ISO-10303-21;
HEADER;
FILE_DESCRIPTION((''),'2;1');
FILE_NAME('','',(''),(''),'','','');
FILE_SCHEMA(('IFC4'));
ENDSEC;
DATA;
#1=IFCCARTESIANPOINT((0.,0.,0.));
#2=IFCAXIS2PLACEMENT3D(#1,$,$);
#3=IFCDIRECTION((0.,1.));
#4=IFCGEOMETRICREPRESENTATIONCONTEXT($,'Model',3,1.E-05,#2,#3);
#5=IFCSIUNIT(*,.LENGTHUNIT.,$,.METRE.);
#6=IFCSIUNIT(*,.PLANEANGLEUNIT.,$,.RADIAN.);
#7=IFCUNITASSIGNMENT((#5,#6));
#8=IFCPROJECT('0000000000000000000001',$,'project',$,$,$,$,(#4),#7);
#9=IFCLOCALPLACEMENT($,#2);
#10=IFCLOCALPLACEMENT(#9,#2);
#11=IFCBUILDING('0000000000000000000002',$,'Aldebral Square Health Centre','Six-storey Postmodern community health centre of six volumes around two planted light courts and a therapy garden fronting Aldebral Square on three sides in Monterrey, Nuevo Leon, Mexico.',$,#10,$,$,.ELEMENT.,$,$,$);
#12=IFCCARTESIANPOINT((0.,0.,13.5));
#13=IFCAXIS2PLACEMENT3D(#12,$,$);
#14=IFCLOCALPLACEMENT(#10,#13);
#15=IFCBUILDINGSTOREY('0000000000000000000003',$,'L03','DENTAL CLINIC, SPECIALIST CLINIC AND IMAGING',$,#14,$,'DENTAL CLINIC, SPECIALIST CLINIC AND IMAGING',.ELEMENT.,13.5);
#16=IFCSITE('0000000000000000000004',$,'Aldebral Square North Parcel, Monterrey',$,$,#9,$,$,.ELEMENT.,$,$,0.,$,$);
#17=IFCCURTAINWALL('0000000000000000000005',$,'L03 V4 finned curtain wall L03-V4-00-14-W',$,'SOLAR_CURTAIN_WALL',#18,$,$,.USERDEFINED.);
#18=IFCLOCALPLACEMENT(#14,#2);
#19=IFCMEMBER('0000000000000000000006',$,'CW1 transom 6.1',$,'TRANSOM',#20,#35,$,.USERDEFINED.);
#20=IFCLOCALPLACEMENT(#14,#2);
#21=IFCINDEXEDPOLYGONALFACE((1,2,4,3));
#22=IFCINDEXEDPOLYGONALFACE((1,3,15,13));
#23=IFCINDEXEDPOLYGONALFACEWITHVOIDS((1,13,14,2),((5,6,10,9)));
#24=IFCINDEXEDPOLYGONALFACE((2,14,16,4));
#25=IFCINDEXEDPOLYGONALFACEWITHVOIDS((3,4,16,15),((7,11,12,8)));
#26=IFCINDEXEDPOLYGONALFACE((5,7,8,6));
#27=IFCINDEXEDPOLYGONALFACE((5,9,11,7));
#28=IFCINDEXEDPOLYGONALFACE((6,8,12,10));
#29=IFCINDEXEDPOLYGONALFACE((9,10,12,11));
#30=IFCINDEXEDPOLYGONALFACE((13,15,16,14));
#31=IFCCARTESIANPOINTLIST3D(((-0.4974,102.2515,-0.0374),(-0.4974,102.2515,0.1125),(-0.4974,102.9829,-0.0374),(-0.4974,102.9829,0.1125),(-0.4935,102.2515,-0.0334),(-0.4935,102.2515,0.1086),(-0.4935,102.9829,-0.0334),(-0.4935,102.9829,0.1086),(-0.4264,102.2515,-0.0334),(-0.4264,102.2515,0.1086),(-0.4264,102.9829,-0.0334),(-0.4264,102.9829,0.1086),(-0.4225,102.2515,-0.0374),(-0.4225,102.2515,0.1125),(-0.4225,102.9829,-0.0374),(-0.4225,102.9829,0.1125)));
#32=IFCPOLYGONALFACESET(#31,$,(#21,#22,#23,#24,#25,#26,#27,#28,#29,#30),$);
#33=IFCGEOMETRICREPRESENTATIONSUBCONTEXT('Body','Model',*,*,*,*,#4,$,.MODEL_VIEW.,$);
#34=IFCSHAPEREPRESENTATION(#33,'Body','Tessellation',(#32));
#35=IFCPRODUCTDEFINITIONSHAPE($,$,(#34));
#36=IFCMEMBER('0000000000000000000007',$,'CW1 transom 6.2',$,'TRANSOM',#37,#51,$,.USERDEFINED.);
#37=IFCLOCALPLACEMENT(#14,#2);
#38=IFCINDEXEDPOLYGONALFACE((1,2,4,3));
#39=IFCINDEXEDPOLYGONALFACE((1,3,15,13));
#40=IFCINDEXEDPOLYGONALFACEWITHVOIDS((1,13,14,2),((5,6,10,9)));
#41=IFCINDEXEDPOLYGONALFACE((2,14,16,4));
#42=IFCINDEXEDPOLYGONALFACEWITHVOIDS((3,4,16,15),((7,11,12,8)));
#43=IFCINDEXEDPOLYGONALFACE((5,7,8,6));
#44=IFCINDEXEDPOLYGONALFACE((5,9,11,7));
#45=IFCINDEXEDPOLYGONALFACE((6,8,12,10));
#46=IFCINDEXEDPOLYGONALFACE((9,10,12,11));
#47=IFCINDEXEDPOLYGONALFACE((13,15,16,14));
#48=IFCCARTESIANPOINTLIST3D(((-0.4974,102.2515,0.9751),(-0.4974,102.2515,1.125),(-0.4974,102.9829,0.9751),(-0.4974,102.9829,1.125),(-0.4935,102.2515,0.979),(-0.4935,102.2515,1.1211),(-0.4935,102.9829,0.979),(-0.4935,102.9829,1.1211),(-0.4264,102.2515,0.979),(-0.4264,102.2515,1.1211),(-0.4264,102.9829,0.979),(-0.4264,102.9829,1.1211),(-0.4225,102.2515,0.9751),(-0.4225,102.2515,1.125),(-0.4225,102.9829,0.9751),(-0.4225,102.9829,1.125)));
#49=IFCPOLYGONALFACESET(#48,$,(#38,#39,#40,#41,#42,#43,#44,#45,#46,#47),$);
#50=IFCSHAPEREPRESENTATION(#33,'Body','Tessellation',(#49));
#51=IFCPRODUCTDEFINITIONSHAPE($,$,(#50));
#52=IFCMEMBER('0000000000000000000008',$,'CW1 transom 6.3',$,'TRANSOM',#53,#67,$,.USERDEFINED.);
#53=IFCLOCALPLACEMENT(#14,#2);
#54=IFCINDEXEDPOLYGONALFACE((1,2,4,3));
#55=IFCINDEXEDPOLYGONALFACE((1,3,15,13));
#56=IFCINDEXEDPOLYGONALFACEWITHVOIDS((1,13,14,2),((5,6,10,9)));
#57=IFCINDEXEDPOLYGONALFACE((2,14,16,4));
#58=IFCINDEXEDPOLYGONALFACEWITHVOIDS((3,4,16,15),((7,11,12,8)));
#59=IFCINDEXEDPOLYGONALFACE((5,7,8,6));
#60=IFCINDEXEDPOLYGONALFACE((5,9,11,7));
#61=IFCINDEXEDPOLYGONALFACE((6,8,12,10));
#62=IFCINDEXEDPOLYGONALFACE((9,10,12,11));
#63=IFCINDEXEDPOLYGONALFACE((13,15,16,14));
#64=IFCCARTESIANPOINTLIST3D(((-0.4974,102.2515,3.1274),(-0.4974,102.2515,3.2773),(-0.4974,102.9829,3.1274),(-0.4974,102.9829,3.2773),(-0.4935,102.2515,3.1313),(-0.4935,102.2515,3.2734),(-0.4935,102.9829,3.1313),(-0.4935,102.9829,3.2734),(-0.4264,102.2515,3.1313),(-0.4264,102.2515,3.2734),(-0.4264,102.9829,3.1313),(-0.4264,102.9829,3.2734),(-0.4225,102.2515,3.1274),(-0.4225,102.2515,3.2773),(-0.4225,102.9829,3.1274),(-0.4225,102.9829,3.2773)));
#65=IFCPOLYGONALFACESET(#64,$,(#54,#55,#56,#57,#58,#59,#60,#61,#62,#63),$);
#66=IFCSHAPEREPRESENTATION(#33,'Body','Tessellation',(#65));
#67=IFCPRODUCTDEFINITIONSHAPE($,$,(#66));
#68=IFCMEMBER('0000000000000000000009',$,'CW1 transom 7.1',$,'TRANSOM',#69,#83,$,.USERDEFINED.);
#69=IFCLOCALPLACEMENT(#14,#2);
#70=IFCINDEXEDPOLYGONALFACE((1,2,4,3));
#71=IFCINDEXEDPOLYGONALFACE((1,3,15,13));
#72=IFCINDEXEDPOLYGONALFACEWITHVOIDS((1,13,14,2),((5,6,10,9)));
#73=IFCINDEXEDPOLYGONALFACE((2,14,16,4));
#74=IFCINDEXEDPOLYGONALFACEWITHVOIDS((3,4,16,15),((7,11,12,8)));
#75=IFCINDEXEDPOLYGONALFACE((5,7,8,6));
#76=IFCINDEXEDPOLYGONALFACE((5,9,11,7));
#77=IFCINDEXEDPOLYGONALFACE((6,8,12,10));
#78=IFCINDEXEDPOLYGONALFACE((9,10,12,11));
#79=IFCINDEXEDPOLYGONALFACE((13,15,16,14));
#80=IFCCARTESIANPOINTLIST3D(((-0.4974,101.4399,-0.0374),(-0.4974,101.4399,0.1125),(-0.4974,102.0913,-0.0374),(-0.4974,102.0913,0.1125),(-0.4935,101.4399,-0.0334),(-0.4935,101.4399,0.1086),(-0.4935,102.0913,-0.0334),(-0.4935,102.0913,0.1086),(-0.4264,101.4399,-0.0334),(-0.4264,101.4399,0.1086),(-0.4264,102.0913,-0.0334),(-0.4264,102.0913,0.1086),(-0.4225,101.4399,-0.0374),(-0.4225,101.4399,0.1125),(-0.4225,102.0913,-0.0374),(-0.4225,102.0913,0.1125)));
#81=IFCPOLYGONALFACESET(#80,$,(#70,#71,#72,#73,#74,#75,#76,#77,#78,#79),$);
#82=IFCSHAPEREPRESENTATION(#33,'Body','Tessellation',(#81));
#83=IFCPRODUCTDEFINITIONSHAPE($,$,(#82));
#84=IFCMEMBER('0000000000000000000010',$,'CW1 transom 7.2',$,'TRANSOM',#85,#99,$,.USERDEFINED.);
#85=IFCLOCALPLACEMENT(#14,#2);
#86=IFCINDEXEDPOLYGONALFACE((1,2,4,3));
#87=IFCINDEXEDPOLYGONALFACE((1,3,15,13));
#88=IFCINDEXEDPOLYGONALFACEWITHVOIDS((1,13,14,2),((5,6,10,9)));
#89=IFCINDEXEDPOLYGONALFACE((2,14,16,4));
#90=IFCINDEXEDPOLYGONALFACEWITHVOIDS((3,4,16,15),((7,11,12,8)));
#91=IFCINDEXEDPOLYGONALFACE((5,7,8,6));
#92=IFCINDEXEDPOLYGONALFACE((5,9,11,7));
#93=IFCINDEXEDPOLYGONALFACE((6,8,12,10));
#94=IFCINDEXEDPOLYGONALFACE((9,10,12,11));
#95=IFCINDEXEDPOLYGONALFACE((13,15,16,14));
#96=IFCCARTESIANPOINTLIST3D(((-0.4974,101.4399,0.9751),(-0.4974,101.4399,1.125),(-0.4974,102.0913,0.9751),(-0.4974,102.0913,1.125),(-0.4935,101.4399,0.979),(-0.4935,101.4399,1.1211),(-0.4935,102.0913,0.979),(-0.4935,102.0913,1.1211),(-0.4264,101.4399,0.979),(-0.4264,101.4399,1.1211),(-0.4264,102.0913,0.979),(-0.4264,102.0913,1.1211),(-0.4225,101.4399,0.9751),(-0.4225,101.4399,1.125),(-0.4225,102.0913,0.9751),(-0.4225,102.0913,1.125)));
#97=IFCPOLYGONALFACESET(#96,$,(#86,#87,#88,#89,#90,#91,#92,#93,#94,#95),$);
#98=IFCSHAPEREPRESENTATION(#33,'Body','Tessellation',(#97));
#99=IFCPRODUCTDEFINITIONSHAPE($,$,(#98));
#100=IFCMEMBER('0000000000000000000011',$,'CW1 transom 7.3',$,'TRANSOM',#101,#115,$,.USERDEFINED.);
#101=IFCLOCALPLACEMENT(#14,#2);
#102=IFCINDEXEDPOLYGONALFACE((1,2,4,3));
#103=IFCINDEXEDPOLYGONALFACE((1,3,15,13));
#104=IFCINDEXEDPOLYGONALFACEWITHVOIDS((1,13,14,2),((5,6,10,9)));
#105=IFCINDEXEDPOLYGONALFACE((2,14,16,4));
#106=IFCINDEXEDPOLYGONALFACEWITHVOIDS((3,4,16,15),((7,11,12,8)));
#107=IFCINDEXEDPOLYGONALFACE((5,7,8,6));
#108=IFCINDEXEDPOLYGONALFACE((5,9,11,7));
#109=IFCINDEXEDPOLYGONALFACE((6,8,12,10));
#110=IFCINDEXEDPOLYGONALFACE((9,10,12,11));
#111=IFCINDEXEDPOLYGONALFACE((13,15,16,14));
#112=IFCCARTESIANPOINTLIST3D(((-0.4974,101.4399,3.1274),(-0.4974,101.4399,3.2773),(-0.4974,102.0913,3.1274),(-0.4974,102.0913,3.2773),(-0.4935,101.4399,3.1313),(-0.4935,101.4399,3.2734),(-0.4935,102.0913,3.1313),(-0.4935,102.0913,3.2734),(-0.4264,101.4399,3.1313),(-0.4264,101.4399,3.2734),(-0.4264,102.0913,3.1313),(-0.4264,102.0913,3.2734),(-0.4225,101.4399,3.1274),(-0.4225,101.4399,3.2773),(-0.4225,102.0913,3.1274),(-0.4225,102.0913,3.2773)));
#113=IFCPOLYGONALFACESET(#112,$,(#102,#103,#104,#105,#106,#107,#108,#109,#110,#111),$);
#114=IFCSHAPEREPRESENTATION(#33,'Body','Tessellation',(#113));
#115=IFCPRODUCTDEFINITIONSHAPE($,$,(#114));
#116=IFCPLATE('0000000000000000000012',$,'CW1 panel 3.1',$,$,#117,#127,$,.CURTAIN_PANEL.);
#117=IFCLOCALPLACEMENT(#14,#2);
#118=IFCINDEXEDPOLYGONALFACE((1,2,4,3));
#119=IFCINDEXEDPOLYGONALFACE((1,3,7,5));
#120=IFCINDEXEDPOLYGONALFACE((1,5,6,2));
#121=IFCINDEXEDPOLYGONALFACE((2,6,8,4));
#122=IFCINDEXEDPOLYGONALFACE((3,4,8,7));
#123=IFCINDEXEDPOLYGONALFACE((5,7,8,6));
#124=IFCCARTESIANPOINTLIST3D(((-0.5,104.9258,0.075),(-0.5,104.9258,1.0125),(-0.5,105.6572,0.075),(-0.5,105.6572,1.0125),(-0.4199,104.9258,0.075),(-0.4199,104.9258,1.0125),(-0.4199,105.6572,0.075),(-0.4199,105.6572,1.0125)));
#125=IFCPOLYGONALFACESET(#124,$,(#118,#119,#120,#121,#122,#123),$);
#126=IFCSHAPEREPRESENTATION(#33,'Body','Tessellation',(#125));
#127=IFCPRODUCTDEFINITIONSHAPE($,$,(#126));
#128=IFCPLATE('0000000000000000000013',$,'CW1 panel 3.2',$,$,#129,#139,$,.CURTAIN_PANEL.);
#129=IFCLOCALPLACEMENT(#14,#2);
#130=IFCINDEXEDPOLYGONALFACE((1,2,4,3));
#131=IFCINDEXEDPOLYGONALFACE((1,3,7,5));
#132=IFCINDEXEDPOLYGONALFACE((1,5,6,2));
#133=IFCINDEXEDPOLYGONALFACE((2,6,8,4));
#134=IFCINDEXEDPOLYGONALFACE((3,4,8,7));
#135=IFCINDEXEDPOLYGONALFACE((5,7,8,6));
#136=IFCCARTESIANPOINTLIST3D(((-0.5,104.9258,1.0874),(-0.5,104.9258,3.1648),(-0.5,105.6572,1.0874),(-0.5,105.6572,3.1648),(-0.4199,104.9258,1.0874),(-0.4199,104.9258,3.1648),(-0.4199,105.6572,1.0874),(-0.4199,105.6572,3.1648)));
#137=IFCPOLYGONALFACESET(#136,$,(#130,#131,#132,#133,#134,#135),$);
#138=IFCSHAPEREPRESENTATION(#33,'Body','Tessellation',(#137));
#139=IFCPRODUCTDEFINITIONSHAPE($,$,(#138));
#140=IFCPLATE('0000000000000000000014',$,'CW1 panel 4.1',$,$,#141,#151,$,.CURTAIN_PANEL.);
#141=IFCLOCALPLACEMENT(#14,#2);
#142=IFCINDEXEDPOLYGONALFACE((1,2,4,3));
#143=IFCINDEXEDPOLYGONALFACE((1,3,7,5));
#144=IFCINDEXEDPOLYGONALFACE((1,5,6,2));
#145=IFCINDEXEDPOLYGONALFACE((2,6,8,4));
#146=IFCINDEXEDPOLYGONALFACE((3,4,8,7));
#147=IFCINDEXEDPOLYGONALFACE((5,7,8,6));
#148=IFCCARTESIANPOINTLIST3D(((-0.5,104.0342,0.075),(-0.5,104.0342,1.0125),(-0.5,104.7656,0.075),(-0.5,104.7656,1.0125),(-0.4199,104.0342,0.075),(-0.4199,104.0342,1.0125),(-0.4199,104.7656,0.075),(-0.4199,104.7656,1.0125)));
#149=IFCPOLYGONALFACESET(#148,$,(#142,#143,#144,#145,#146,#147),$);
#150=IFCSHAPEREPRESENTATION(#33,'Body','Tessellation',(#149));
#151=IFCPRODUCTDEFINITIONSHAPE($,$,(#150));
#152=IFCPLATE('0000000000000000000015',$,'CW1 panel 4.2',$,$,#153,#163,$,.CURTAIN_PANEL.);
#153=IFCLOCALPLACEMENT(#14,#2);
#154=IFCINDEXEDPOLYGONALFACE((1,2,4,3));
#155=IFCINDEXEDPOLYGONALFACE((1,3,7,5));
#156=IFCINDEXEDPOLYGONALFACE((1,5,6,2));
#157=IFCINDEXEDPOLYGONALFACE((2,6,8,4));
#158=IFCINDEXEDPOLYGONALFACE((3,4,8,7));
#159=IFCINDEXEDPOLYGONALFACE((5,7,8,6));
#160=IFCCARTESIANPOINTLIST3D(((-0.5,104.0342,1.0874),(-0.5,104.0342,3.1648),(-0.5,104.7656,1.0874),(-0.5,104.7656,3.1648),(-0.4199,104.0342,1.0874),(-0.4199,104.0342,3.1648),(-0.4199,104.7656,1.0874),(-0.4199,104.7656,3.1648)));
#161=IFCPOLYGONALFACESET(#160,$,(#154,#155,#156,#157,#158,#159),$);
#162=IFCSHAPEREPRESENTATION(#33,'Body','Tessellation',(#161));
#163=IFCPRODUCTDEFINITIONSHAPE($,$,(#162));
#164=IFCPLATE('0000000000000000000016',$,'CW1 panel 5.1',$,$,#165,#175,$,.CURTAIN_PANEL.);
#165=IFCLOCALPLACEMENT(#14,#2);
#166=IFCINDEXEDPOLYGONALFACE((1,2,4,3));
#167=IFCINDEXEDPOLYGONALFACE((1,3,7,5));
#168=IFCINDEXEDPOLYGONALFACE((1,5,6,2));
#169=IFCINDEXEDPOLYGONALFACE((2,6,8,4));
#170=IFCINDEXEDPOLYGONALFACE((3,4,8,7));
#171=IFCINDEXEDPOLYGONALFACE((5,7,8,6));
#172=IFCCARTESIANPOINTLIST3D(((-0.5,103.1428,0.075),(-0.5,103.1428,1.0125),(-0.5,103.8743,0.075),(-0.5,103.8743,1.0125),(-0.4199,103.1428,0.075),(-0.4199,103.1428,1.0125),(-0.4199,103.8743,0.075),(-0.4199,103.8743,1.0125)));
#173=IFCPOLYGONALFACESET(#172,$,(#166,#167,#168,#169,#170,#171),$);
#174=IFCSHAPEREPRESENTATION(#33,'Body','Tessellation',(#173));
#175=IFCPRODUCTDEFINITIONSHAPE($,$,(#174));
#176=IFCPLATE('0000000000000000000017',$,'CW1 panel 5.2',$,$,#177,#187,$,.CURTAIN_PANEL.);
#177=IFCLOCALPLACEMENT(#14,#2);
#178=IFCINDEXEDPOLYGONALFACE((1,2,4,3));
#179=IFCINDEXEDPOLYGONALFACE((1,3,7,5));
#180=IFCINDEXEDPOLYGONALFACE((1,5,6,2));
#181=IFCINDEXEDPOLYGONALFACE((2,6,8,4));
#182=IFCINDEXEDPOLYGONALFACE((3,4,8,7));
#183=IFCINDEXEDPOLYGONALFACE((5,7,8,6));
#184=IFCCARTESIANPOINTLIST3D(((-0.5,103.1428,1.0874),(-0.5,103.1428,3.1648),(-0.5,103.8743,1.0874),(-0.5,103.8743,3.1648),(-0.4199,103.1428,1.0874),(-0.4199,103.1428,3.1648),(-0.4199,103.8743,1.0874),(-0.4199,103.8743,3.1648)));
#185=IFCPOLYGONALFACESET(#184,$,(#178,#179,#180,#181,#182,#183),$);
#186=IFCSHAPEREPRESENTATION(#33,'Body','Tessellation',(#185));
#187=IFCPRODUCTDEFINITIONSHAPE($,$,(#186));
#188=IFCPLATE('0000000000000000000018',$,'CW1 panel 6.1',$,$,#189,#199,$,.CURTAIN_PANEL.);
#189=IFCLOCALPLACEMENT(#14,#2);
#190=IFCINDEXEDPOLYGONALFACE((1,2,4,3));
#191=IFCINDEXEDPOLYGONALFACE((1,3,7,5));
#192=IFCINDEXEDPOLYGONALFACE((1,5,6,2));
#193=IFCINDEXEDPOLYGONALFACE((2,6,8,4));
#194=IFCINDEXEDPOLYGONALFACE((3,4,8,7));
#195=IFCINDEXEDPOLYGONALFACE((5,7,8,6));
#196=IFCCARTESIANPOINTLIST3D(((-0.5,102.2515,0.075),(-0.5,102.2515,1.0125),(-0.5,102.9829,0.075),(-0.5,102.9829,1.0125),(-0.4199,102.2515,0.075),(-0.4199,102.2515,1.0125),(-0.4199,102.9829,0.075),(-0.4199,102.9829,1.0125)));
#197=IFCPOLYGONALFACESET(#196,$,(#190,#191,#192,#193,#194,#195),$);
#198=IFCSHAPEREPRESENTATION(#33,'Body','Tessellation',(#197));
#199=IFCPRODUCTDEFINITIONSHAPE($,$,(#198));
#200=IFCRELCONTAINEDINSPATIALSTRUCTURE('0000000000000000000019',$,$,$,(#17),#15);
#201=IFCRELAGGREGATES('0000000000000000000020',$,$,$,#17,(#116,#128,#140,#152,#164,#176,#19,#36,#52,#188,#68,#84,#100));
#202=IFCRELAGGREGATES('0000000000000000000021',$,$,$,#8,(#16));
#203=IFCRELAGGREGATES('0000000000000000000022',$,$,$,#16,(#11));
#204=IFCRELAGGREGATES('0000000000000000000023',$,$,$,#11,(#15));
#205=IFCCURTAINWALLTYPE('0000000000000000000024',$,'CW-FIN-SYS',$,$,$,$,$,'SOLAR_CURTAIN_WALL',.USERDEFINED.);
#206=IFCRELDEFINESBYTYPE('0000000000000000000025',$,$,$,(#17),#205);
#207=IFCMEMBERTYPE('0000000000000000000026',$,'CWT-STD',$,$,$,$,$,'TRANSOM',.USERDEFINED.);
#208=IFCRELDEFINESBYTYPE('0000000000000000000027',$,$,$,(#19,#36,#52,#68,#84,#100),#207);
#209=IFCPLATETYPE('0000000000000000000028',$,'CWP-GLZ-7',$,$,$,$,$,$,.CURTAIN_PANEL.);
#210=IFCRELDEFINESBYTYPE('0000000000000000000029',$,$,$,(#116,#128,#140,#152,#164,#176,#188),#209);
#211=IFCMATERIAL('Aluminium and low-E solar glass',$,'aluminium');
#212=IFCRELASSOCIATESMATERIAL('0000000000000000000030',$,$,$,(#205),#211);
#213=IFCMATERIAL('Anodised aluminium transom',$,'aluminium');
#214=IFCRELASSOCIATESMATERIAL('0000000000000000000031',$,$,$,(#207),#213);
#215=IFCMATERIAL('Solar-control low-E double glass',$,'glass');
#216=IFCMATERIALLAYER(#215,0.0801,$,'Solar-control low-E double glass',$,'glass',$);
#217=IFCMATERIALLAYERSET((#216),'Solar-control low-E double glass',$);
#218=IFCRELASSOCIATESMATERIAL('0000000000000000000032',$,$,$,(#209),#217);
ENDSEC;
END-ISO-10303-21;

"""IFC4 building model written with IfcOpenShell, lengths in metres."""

from ifc_helpers import new_model, si_unit, direction, frame, origin, origin_2d, place, context, subcontext, project, spatial, rectangle, hollow_rectangle, extrude, material, layer, layer_set, material_profile, profile_set, type_object, element, aggregate, save


model = new_model("IFC4")

# Units and contexts
model_context = context("Model", 3, precision=1e-05, world=origin(), true_north=direction((0.0, 1.0)))
body_context = subcontext(model_context, "Body", "Model", "MODEL_VIEW")
ifc_project = project(units=[si_unit("LENGTHUNIT", "METRE"), si_unit("PLANEANGLEUNIT", "RADIAN")], contexts=[model_context])

# Site, building, storey
site_placement = place(None, origin())
site = spatial("IfcSite", under=ifc_project, at=site_placement, Name="Aldebral Square North Parcel, Monterrey", CompositionType="ELEMENT", RefElevation=0.0)
building_placement = place(site_placement, origin())
building = spatial("IfcBuilding", under=site, at=building_placement, Name="Aldebral Square Health Centre", Description="Six-storey Postmodern community health centre of six volumes around two planted light courts and a therapy garden fronting Aldebral Square on three sides in Monterrey, Nuevo Leon, Mexico.", CompositionType="ELEMENT")
storey_placement = place(building_placement, frame((0.0, 0.0, 13.5)))
storey = spatial("IfcBuildingStorey", under=building, at=storey_placement, Name="L03", Description="DENTAL CLINIC, SPECIALIST CLINIC AND IMAGING", LongName="DENTAL CLINIC, SPECIALIST CLINIC AND IMAGING", CompositionType="ELEMENT", Elevation=13.5)

# Curtain wall, members, plates
ifc_material_1 = material(Name="Aluminium and low-E solar glass", Category="aluminium")
curtain_wall_type = type_object("IfcCurtainWallType", Name="CW-FIN-SYS", ElementType="SOLAR_CURTAIN_WALL", PredefinedType="USERDEFINED", material=ifc_material_1)
curtain_wall_placement = place(storey_placement, origin())
curtain_wall = element("IfcCurtainWall", 1, at=curtain_wall_placement, inside=storey, type_object=curtain_wall_type, Name="L03 V4 finned curtain wall L03-V4-00-14-W", ObjectType="SOLAR_CURTAIN_WALL", PredefinedType="USERDEFINED")
ifc_material_2 = material(Name="Anodised aluminium transom", Category="aluminium")
ifc_material_profile_1 = material_profile(ifc_material_2, hollow_rectangle(XDim=0.075, YDim=0.1499, WallThickness=0.0039, at=origin_2d()), Name="CWT 75x150x4")
ifc_profile_set_1 = profile_set([ifc_material_profile_1], Name="Anodised aluminium transom")
member_type_1 = type_object("IfcMemberType", Name="CWT-STD", ElementType="TRANSOM", PredefinedType="USERDEFINED", material=ifc_profile_set_1)
member_1_placement = place(storey_placement, frame((-0.46, 102.9829, 0.0376), z_axis=(0.0, -1.0, 0.0), x_axis=(1.0, 0.0, 0.0)))
member_1 = element("IfcMember", 2, at=member_1_placement, type_object=member_type_1, Name="CW1 transom 6.1", ObjectType="TRANSOM", PredefinedType="USERDEFINED", context=body_context, shape_type="SweptSolid", body=[
    extrude(hollow_rectangle(XDim=0.075, YDim=0.1499, WallThickness=0.0039, at=origin_2d()), origin(), (0.0, 0.0, 1.0), 0.7314),
])
member_2_placement = place(storey_placement, frame((-0.46, 102.9829, 1.05), z_axis=(0.0, -1.0, 0.0), x_axis=(1.0, 0.0, 0.0)))
member_2 = element("IfcMember", 3, at=member_2_placement, type_object=member_type_1, Name="CW1 transom 6.2", ObjectType="TRANSOM", PredefinedType="USERDEFINED", context=body_context, shape_type="SweptSolid", body=[
    extrude(hollow_rectangle(XDim=0.075, YDim=0.1499, WallThickness=0.0039, at=origin_2d()), origin(), (0.0, 0.0, 1.0), 0.7314),
])
member_3_placement = place(storey_placement, frame((-0.46, 102.9829, 3.2024), z_axis=(0.0, -1.0, 0.0), x_axis=(1.0, 0.0, 0.0)))
member_3 = element("IfcMember", 4, at=member_3_placement, type_object=member_type_1, Name="CW1 transom 6.3", ObjectType="TRANSOM", PredefinedType="USERDEFINED", context=body_context, shape_type="SweptSolid", body=[
    extrude(hollow_rectangle(XDim=0.075, YDim=0.1499, WallThickness=0.0039, at=origin_2d()), origin(), (0.0, 0.0, 1.0), 0.7314),
])
member_4_placement = place(storey_placement, frame((-0.46, 102.0913, 0.0376), z_axis=(0.0, -1.0, 0.0), x_axis=(1.0, 0.0, 0.0)))
member_4 = element("IfcMember", 5, at=member_4_placement, type_object=member_type_1, Name="CW1 transom 7.1", ObjectType="TRANSOM", PredefinedType="USERDEFINED", context=body_context, shape_type="SweptSolid", body=[
    extrude(hollow_rectangle(XDim=0.075, YDim=0.1499, WallThickness=0.0039, at=origin_2d()), origin(), (0.0, 0.0, 1.0), 0.6514),
])
member_5_placement = place(storey_placement, frame((-0.46, 102.0913, 1.05), z_axis=(0.0, -1.0, 0.0), x_axis=(1.0, 0.0, 0.0)))
member_5 = element("IfcMember", 6, at=member_5_placement, type_object=member_type_1, Name="CW1 transom 7.2", ObjectType="TRANSOM", PredefinedType="USERDEFINED", context=body_context, shape_type="SweptSolid", body=[
    extrude(hollow_rectangle(XDim=0.075, YDim=0.1499, WallThickness=0.0039, at=origin_2d()), origin(), (0.0, 0.0, 1.0), 0.6514),
])
member_6_placement = place(storey_placement, frame((-0.46, 102.0913, 3.2024), z_axis=(0.0, -1.0, 0.0), x_axis=(1.0, 0.0, 0.0)))
member_6 = element("IfcMember", 7, at=member_6_placement, type_object=member_type_1, Name="CW1 transom 7.3", ObjectType="TRANSOM", PredefinedType="USERDEFINED", context=body_context, shape_type="SweptSolid", body=[
    extrude(hollow_rectangle(XDim=0.075, YDim=0.1499, WallThickness=0.0039, at=origin_2d()), origin(), (0.0, 0.0, 1.0), 0.6514),
])
ifc_material_3 = material(Name="Solar-control low-E double glass", Category="glass")
ifc_layer = layer(ifc_material_3, 0.0801, Name="Solar-control low-E double glass", Category="glass")
ifc_layer_set = layer_set([ifc_layer], Name="Solar-control low-E double glass")
plate_type = type_object("IfcPlateType", Name="CWP-GLZ-7", PredefinedType="CURTAIN_PANEL", material=ifc_layer_set)
plate_1_placement = place(storey_placement, frame((-0.46, 105.2915, 0.075), z_axis=(0.0, 0.0, 1.0), x_axis=(0.0, -1.0, 0.0)))
plate_1 = element("IfcPlate", 8, at=plate_1_placement, type_object=plate_type, Name="CW1 panel 3.1", PredefinedType="CURTAIN_PANEL", context=body_context, shape_type="SweptSolid", body=[
    extrude(rectangle(XDim=0.7314, YDim=0.0801, at=origin_2d()), origin(), (0.0, 0.0, 1.0), 0.9375),
])
plate_2_placement = place(storey_placement, frame((-0.46, 105.2915, 1.0874), z_axis=(0.0, 0.0, 1.0), x_axis=(0.0, -1.0, 0.0)))
plate_2 = element("IfcPlate", 9, at=plate_2_placement, type_object=plate_type, Name="CW1 panel 3.2", PredefinedType="CURTAIN_PANEL", context=body_context, shape_type="SweptSolid", body=[
    extrude(rectangle(XDim=0.7314, YDim=0.0801, at=origin_2d()), origin(), (0.0, 0.0, 1.0), 2.0774),
])
plate_3_placement = place(storey_placement, frame((-0.46, 104.3999, 0.075), z_axis=(0.0, 0.0, 1.0), x_axis=(0.0, -1.0, 0.0)))
plate_3 = element("IfcPlate", 10, at=plate_3_placement, type_object=plate_type, Name="CW1 panel 4.1", PredefinedType="CURTAIN_PANEL", context=body_context, shape_type="SweptSolid", body=[
    extrude(rectangle(XDim=0.7314, YDim=0.0801, at=origin_2d()), origin(), (0.0, 0.0, 1.0), 0.9375),
])
plate_4_placement = place(storey_placement, frame((-0.46, 104.3999, 1.0874), z_axis=(0.0, 0.0, 1.0), x_axis=(0.0, -1.0, 0.0)))
plate_4 = element("IfcPlate", 11, at=plate_4_placement, type_object=plate_type, Name="CW1 panel 4.2", PredefinedType="CURTAIN_PANEL", context=body_context, shape_type="SweptSolid", body=[
    extrude(rectangle(XDim=0.7314, YDim=0.0801, at=origin_2d()), origin(), (0.0, 0.0, 1.0), 2.0774),
])
plate_5_placement = place(storey_placement, frame((-0.46, 103.5085, 0.075), z_axis=(0.0, 0.0, 1.0), x_axis=(0.0, -1.0, 0.0)))
plate_5 = element("IfcPlate", 12, at=plate_5_placement, type_object=plate_type, Name="CW1 panel 5.1", PredefinedType="CURTAIN_PANEL", context=body_context, shape_type="SweptSolid", body=[
    extrude(rectangle(XDim=0.7314, YDim=0.0801, at=origin_2d()), origin(), (0.0, 0.0, 1.0), 0.9375),
])
plate_6_placement = place(storey_placement, frame((-0.46, 103.5085, 1.0874), z_axis=(0.0, 0.0, 1.0), x_axis=(0.0, -1.0, 0.0)))
plate_6 = element("IfcPlate", 13, at=plate_6_placement, type_object=plate_type, Name="CW1 panel 5.2", PredefinedType="CURTAIN_PANEL", context=body_context, shape_type="SweptSolid", body=[
    extrude(rectangle(XDim=0.7314, YDim=0.0801, at=origin_2d()), origin(), (0.0, 0.0, 1.0), 2.0774),
])
plate_7_placement = place(storey_placement, frame((-0.46, 102.6172, 0.075), z_axis=(0.0, 0.0, 1.0), x_axis=(0.0, -1.0, 0.0)))
plate_7 = element("IfcPlate", 14, at=plate_7_placement, type_object=plate_type, Name="CW1 panel 6.1", PredefinedType="CURTAIN_PANEL", context=body_context, shape_type="SweptSolid", body=[
    extrude(rectangle(XDim=0.7314, YDim=0.0801, at=origin_2d()), origin(), (0.0, 0.0, 1.0), 0.9375),
])
aggregate(curtain_wall, [plate_1, plate_2, plate_3, plate_4, plate_5, plate_6, member_1, member_2, member_3, plate_7, member_4, member_5, member_6])

save(model, "model.ifc")
